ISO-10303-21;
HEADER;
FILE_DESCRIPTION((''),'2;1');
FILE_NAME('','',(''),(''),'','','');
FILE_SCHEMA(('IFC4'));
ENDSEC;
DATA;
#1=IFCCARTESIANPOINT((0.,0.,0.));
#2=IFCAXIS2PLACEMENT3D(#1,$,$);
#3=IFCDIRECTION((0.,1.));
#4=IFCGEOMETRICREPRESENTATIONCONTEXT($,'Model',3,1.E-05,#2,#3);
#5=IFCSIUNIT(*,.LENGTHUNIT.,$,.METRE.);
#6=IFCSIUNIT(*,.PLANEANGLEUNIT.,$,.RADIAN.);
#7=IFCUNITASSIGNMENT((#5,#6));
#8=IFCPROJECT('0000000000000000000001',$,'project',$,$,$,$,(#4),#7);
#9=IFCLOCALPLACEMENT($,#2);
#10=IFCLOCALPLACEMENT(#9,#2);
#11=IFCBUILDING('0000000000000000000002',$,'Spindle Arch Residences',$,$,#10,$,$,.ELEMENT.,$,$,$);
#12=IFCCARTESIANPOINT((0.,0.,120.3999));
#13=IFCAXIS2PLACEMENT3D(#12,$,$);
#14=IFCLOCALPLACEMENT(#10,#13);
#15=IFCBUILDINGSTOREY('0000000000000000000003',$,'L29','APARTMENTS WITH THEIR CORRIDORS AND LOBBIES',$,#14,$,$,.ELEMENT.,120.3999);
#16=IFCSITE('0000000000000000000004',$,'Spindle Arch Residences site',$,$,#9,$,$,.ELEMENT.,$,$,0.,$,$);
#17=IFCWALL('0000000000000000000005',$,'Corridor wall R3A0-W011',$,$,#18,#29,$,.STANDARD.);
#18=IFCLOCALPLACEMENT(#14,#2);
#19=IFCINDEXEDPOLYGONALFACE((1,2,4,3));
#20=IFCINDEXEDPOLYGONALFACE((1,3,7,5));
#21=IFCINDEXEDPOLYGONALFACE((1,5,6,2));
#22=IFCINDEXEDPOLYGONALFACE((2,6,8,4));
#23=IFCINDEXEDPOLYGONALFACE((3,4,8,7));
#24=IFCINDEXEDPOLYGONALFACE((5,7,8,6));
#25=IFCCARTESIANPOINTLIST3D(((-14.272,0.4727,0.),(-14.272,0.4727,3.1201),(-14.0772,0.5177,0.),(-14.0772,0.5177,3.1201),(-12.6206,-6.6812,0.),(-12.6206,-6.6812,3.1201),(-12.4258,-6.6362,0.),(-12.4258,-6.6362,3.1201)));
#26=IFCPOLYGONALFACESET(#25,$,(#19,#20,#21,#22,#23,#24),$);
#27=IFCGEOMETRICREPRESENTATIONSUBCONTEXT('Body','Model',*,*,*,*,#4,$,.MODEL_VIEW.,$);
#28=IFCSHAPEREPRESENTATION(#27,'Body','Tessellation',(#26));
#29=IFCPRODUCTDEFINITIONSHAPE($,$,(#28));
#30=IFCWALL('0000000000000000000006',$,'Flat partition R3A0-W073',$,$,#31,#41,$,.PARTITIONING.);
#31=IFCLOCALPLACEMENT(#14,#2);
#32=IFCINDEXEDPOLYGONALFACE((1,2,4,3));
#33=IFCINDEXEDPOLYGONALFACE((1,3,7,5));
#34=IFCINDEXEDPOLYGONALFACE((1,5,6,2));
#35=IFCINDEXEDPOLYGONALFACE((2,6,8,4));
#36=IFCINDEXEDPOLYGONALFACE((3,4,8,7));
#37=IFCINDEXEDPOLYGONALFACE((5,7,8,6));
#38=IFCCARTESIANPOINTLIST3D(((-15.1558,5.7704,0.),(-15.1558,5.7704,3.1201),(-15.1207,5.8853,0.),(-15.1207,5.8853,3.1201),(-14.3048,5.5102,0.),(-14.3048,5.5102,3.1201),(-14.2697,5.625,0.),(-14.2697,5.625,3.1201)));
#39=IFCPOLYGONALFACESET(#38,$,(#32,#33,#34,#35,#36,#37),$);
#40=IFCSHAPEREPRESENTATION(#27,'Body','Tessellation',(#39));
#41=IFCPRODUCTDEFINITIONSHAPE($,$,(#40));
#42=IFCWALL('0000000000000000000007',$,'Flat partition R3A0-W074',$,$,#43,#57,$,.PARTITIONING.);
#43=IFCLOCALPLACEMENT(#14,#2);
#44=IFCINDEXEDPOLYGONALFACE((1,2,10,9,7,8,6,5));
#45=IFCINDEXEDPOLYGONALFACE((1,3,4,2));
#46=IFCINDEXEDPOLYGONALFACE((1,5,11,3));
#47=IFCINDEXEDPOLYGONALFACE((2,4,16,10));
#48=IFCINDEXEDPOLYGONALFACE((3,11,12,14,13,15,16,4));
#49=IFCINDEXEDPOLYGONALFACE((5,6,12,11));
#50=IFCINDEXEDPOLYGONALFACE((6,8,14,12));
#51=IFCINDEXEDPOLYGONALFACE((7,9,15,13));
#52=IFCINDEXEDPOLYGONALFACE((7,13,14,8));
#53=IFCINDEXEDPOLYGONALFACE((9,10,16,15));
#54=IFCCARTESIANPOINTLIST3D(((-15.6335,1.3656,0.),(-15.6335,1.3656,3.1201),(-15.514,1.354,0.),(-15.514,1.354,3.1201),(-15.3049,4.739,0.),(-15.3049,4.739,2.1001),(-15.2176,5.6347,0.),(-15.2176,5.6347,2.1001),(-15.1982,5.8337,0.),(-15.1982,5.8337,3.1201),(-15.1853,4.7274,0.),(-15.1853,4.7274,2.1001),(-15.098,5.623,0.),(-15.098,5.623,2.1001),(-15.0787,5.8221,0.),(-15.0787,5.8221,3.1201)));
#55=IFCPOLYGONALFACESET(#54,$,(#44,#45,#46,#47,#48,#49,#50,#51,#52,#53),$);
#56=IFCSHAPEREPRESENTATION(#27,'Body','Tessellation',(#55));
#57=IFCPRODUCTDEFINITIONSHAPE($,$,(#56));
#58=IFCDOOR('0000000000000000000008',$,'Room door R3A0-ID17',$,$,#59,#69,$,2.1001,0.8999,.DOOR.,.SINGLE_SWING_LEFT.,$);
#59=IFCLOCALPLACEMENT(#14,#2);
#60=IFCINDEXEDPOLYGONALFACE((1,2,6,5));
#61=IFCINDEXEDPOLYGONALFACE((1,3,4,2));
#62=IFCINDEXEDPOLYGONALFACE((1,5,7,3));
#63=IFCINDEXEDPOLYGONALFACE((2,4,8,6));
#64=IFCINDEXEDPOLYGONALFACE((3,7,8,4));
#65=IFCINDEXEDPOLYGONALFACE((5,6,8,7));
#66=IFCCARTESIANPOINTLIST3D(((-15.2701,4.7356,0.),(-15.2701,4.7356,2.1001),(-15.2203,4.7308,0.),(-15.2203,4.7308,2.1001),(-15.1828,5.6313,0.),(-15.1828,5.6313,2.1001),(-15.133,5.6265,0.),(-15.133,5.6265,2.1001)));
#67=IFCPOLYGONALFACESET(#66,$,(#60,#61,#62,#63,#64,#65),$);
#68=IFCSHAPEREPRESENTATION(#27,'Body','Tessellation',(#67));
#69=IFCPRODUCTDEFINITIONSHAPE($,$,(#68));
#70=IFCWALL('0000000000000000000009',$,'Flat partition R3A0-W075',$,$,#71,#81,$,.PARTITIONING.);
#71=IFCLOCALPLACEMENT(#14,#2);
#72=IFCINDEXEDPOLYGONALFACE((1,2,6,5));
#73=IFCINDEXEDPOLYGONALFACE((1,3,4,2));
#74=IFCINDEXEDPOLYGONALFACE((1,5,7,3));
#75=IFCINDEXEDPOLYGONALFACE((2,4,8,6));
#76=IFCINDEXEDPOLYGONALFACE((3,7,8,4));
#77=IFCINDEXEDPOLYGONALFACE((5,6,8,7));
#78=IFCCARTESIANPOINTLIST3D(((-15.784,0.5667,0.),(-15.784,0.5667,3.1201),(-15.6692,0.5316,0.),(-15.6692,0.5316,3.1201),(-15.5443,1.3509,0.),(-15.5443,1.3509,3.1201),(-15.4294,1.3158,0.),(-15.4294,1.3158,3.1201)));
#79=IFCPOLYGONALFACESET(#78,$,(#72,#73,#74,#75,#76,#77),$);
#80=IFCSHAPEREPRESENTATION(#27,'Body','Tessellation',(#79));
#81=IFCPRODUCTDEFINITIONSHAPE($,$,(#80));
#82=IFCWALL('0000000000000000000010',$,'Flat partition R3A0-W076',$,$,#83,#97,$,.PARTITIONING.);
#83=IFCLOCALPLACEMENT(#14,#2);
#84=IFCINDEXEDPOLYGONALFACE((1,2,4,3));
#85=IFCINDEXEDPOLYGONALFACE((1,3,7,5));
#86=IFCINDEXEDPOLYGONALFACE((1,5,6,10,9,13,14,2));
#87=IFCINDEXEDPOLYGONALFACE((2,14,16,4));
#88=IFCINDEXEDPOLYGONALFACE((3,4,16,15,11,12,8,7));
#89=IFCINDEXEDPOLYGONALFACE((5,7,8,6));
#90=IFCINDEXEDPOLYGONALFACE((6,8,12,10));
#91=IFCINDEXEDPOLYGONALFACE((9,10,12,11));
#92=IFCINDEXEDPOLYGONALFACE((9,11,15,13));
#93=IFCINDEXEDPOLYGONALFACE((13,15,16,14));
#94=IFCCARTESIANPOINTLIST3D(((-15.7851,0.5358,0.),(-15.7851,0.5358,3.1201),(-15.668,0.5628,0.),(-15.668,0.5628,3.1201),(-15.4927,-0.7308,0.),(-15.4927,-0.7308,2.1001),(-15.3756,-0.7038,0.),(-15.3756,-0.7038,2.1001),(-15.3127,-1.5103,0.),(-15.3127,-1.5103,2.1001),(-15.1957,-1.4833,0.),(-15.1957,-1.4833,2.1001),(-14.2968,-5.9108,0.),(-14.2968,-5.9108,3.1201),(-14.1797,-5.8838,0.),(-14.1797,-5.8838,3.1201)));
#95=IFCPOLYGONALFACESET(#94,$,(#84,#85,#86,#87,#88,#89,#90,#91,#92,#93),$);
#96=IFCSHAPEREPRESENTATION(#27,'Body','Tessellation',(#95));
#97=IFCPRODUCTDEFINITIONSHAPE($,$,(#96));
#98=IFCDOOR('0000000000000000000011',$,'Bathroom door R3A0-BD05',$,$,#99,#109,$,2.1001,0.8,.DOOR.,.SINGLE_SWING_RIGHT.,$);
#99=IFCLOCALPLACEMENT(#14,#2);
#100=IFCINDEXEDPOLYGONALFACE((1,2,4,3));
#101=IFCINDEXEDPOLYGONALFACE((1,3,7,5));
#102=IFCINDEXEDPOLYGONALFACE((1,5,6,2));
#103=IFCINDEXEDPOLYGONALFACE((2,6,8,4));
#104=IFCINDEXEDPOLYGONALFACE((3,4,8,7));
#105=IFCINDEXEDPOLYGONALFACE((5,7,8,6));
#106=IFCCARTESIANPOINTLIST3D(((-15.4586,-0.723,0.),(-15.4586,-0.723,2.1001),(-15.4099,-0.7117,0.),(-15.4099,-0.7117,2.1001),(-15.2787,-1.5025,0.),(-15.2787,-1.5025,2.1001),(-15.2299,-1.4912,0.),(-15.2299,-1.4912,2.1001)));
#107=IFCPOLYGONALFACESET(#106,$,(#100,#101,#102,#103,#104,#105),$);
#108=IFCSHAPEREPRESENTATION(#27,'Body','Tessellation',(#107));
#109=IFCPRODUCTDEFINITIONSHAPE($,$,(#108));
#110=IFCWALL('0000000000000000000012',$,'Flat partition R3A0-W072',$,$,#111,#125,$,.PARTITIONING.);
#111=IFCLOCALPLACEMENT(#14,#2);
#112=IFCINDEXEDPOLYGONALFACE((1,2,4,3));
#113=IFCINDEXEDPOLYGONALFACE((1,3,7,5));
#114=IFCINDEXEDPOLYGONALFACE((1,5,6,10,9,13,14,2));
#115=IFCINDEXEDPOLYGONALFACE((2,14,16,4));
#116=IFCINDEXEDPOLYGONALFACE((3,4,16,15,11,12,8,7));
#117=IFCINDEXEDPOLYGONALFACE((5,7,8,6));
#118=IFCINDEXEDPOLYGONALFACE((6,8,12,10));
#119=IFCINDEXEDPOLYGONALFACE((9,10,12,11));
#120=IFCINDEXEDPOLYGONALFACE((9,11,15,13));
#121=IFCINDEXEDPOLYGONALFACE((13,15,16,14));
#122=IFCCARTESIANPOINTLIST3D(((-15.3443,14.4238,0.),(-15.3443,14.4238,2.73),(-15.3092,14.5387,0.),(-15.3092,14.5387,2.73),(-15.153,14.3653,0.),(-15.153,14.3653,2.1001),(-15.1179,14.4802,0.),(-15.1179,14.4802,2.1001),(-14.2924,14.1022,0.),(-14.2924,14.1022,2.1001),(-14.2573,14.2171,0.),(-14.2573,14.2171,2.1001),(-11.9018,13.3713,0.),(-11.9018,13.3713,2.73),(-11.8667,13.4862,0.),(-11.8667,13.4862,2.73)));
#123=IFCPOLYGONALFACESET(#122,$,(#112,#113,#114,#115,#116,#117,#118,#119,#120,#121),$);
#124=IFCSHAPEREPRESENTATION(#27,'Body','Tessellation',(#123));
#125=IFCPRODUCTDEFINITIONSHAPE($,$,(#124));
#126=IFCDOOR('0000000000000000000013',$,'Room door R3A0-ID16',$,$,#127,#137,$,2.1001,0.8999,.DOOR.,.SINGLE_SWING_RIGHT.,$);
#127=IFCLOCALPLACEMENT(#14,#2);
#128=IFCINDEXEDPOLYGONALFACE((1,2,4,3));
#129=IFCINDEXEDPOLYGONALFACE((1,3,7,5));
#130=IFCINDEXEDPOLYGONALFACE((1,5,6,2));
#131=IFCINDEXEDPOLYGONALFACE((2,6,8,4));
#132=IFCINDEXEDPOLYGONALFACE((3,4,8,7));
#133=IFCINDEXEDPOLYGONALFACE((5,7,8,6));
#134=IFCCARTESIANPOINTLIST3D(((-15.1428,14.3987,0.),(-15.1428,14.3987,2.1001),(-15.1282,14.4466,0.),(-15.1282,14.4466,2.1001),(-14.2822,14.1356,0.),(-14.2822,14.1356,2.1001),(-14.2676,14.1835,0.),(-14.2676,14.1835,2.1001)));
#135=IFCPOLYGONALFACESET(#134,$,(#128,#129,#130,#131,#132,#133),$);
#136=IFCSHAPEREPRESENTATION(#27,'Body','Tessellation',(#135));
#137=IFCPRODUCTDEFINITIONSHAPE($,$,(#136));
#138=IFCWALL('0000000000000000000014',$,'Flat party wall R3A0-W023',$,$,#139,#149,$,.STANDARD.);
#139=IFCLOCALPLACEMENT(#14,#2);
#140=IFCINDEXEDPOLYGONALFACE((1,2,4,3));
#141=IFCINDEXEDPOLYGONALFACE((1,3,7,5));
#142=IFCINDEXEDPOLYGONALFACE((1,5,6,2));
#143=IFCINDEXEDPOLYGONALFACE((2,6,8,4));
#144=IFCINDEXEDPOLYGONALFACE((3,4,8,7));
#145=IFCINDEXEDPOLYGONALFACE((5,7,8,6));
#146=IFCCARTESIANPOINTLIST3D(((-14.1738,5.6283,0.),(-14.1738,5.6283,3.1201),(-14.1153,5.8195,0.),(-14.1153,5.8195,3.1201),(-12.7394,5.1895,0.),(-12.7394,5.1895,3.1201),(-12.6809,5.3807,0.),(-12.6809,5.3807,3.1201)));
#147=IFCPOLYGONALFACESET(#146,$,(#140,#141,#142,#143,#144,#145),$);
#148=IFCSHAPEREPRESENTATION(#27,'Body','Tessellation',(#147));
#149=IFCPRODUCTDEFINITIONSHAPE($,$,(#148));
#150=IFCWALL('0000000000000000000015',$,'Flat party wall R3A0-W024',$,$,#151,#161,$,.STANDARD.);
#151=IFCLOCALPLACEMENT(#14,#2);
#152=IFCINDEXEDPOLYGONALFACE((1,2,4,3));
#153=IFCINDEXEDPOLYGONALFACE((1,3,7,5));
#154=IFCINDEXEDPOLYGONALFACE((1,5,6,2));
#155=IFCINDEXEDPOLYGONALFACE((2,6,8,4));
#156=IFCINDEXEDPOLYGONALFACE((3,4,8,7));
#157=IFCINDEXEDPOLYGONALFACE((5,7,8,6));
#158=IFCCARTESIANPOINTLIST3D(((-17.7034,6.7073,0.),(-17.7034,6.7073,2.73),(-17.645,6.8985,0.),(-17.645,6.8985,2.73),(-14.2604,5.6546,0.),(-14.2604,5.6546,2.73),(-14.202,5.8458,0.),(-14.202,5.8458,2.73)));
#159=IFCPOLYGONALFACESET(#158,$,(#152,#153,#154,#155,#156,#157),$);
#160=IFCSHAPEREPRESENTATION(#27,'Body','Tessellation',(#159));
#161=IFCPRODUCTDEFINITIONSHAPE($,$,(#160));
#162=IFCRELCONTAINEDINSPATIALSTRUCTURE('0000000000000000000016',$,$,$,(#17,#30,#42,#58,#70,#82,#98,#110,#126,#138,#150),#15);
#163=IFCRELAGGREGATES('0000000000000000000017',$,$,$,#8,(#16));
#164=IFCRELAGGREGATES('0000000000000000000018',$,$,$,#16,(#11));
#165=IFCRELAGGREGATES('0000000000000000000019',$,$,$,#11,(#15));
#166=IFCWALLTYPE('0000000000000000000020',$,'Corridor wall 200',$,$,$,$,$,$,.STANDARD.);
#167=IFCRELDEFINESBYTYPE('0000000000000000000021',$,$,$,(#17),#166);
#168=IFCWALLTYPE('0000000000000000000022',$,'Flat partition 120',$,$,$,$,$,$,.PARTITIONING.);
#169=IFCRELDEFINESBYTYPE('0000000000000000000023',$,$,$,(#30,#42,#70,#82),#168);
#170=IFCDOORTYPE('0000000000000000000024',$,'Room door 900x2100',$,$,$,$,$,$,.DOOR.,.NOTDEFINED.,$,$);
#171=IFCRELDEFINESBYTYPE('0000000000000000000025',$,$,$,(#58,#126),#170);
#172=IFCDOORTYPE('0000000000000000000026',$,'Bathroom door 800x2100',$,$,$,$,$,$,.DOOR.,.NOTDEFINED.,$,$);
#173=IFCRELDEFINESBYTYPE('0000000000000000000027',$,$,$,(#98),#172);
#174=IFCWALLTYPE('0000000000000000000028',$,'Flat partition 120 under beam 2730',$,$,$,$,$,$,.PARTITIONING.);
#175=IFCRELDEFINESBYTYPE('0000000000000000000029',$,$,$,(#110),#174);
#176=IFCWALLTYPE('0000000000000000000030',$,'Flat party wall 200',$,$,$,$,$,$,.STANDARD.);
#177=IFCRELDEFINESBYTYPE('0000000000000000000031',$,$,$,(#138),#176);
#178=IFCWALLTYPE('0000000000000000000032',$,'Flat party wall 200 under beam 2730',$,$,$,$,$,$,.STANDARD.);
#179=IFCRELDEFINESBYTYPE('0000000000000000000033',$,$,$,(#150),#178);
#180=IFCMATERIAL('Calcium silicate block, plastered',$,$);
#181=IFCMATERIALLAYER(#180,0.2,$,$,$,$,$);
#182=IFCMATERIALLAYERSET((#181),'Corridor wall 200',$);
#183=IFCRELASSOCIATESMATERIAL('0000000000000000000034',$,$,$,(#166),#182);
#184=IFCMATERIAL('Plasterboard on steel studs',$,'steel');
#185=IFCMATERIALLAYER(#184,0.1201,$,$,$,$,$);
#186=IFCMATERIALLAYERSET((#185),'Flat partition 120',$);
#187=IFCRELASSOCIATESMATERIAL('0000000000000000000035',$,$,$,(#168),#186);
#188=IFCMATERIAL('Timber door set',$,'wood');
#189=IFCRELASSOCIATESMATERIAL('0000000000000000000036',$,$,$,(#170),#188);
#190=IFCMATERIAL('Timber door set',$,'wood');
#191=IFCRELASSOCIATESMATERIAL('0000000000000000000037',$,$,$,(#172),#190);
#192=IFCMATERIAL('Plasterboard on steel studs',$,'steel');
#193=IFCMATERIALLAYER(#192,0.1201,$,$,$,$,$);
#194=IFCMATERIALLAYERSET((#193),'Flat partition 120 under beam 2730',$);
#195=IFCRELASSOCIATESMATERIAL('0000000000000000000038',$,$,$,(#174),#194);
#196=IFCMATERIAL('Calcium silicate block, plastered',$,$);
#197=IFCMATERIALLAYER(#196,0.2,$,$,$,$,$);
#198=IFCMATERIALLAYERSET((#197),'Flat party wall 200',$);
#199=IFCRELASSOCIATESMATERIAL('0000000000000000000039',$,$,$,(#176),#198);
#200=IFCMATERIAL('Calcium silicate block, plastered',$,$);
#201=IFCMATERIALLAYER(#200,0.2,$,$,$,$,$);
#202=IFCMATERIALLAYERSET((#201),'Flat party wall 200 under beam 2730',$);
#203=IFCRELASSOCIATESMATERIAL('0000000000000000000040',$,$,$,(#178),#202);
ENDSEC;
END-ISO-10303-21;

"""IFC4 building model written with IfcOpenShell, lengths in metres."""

from ifc_helpers import new_model, si_unit, direction, frame, frame_2d, origin, place, context, subcontext, project, spatial, rectangle, extrude, material, layer, layer_set, type_object, element, fill, save


model = new_model("IFC4")

# Units and contexts
model_context = context("Model", 3, precision=1e-05, world=origin(), true_north=direction((0.0, 1.0)))
body_context = subcontext(model_context, "Body", "Model", "MODEL_VIEW")
ifc_project = project(units=[si_unit("LENGTHUNIT", "METRE"), si_unit("PLANEANGLEUNIT", "RADIAN")], contexts=[model_context])

# Site, building, storey
site_placement = place(None, origin())
site = spatial("IfcSite", under=ifc_project, at=site_placement, Name="Spindle Arch Residences site", CompositionType="ELEMENT", RefElevation=0.0)
building_placement = place(site_placement, origin())
building = spatial("IfcBuilding", under=site, at=building_placement, Name="Spindle Arch Residences", CompositionType="ELEMENT")
storey_placement = place(building_placement, frame((0.0, 0.0, 120.3999)))
storey = spatial("IfcBuildingStorey", under=building, at=storey_placement, Name="L29", Description="APARTMENTS WITH THEIR CORRIDORS AND LOBBIES", CompositionType="ELEMENT", Elevation=120.3999)

# Walls
ifc_material_1 = material(Name="Calcium silicate block, plastered")
ifc_layer_1 = layer(ifc_material_1, 0.2)
ifc_layer_set_1 = layer_set([ifc_layer_1], Name="Corridor wall 200")
wall_type_1 = type_object("IfcWallType", Name="Corridor wall 200", PredefinedType="STANDARD", material=ifc_layer_set_1)
wall_1_placement = place(storey_placement, frame((-14.1746, 0.4951, 0.0), z_axis=(0.0, 0.0, 1.0), x_axis=(0.224923, -0.974377, 0.0)))
element("IfcWall", 1, at=wall_1_placement, inside=storey, type_object=wall_type_1, Name="Corridor wall R3A0-W011", PredefinedType="STANDARD", context=body_context, shape_type="SweptSolid", body=[
    extrude(rectangle(XDim=7.342, YDim=0.2, at=frame_2d((3.6709, 0.0))), origin(), (0.0, 0.0, 1.0), 3.1201),
])
ifc_material_2 = material(Name="Plasterboard on steel studs", Category="steel")
ifc_layer_2 = layer(ifc_material_2, 0.1201)
ifc_layer_set_2 = layer_set([ifc_layer_2], Name="Flat partition 120")
wall_type_2 = type_object("IfcWallType", Name="Flat partition 120", PredefinedType="PARTITIONING", material=ifc_layer_set_2)
wall_2_placement = place(storey_placement, frame((-14.2874, 5.5676, 0.0), z_axis=(0.0, 0.0, 1.0), x_axis=(-0.956288, 0.292428, 0.0)))
element("IfcWall", 2, at=wall_2_placement, inside=storey, type_object=wall_type_2, Name="Flat partition R3A0-W073", PredefinedType="PARTITIONING", context=body_context, shape_type="SweptSolid", body=[
    extrude(rectangle(XDim=0.8899, YDim=0.1201, at=frame_2d((0.4448, 0.0))), origin(), (0.0, 0.0, 1.0), 3.1201),
])

# Wall, opening, door
wall_3_placement = place(storey_placement, frame((-15.1384, 5.8279, 0.0), z_axis=(0.0, 0.0, 1.0), x_axis=(-0.096967, -0.995288, 0.0)))
wall_3 = element("IfcWall", 3, at=wall_3_placement, inside=storey, type_object=wall_type_2, Name="Flat partition R3A0-W074", PredefinedType="PARTITIONING", context=body_context, shape_type="SweptSolid", body=[
    extrude(rectangle(XDim=4.4893, YDim=0.1201, at=frame_2d((2.2446, 0.0))), origin(), (0.0, 0.0, 1.0), 3.1201),
])
opening_1_placement = place(wall_3_placement, frame((0.2, 0.0, 0.0)))
opening_1 = element("IfcOpeningElement", 4, at=opening_1_placement, cuts=wall_3, PredefinedType="OPENING", context=body_context, shape_type="SweptSolid", body=[
    extrude(rectangle(XDim=0.8999, YDim=2.1001, at=frame_2d((0.45, 1.05))), frame((0.0, 0.0701, 0.0), z_axis=(0.0, -1.0, 0.0), x_axis=(1.0, 0.0, 0.0)), (0.0, 0.0, 1.0), 0.1401),
])
ifc_material_3 = material(Name="Timber door set", Category="wood")
door_type_1 = type_object("IfcDoorType", Name="Room door 900x2100", OperationType="NOTDEFINED", PredefinedType="DOOR", material=ifc_material_3)
door_1_placement = place(opening_1_placement, origin())
door_1 = element("IfcDoor", 5, at=door_1_placement, inside=storey, type_object=door_type_1, Name="Room door R3A0-ID17", OperationType="SINGLE_SWING_LEFT", OverallHeight=2.1001, OverallWidth=0.8999, PredefinedType="DOOR", context=body_context, shape_type="SweptSolid", body=[
    extrude(rectangle(XDim=0.8999, YDim=2.1001, at=frame_2d((0.45, 1.05))), frame((0.0, 0.0249, 0.0), z_axis=(0.0, -1.0, 0.0), x_axis=(1.0, 0.0, 0.0)), (0.0, 0.0, 1.0), 0.05),
])
fill(opening_1, door_1)

# Wall
wall_4_placement = place(storey_placement, frame((-15.4868, 1.3335, 0.0), z_axis=(0.0, 0.0, 1.0), x_axis=(-0.29237, -0.956305, 0.0)))
element("IfcWall", 6, at=wall_4_placement, inside=storey, type_object=wall_type_2, Name="Flat partition R3A0-W075", PredefinedType="PARTITIONING", context=body_context, shape_type="SweptSolid", body=[
    extrude(rectangle(XDim=0.8201, YDim=0.1201, at=frame_2d((0.4102, 0.0))), origin(), (0.0, 0.0, 1.0), 3.1201),
])

# Walls, openings, doors
wall_5_placement = place(storey_placement, frame((-15.7266, 0.5493, 0.0), z_axis=(0.0, 0.0, 1.0), x_axis=(0.224948, -0.974371, 0.0)))
wall_5 = element("IfcWall", 7, at=wall_5_placement, inside=storey, type_object=wall_type_2, Name="Flat partition R3A0-W076", PredefinedType="PARTITIONING", context=body_context, shape_type="SweptSolid", body=[
    extrude(rectangle(XDim=6.6162, YDim=0.1201, at=frame_2d((3.3081, 0.0))), origin(), (0.0, 0.0, 1.0), 3.1201),
])
opening_2_placement = place(wall_5_placement, frame((1.3, 0.0, 0.0)))
opening_2 = element("IfcOpeningElement", 8, at=opening_2_placement, cuts=wall_5, PredefinedType="OPENING", context=body_context, shape_type="SweptSolid", body=[
    extrude(rectangle(XDim=0.8, YDim=2.1001, at=frame_2d((0.3999, 1.05))), frame((0.0, 0.0701, 0.0), z_axis=(0.0, -1.0, 0.0), x_axis=(1.0, 0.0, 0.0)), (0.0, 0.0, 1.0), 0.1401),
])
ifc_material_4 = material(Name="Timber door set", Category="wood")
door_type_2 = type_object("IfcDoorType", Name="Bathroom door 800x2100", OperationType="NOTDEFINED", PredefinedType="DOOR", material=ifc_material_4)
door_2_placement = place(opening_2_placement, origin())
door_2 = element("IfcDoor", 9, at=door_2_placement, inside=storey, type_object=door_type_2, Name="Bathroom door R3A0-BD05", OperationType="SINGLE_SWING_RIGHT", OverallHeight=2.1001, OverallWidth=0.8, PredefinedType="DOOR", context=body_context, shape_type="SweptSolid", body=[
    extrude(rectangle(XDim=0.8, YDim=2.1001, at=frame_2d((0.3999, 1.05))), frame((0.0, 0.0249, 0.0), z_axis=(0.0, -1.0, 0.0), x_axis=(1.0, 0.0, 0.0)), (0.0, 0.0, 1.0), 0.05),
])
fill(opening_2, door_2)
ifc_material_5 = material(Name="Plasterboard on steel studs", Category="steel")
ifc_layer_3 = layer(ifc_material_5, 0.1201)
ifc_layer_set_3 = layer_set([ifc_layer_3], Name="Flat partition 120 under beam 2730")
wall_type_3 = type_object("IfcWallType", Name="Flat partition 120 under beam 2730", PredefinedType="PARTITIONING", material=ifc_layer_set_3)
wall_6_placement = place(storey_placement, frame((-15.3267, 14.4812, 0.0), z_axis=(0.0, 0.0, 1.0), x_axis=(0.956307, -0.292365, 0.0)))
wall_6 = element("IfcWall", 10, at=wall_6_placement, inside=storey, type_object=wall_type_3, Name="Flat partition R3A0-W072", PredefinedType="PARTITIONING", context=body_context, shape_type="SweptSolid", body=[
    extrude(rectangle(XDim=3.5999, YDim=0.1201, at=frame_2d((1.7998, 0.0))), origin(), (0.0, 0.0, 1.0), 2.73),
])
opening_3_placement = place(wall_6_placement, frame((0.2, 0.0, 0.0)))
opening_3 = element("IfcOpeningElement", 11, at=opening_3_placement, cuts=wall_6, PredefinedType="OPENING", context=body_context, shape_type="SweptSolid", body=[
    extrude(rectangle(XDim=0.8999, YDim=2.1001, at=frame_2d((0.45, 1.05))), frame((0.0, 0.0701, 0.0), z_axis=(0.0, -1.0, 0.0), x_axis=(1.0, 0.0, 0.0)), (0.0, 0.0, 1.0), 0.1401),
])
door_3_placement = place(opening_3_placement, origin())
door_3 = element("IfcDoor", 12, at=door_3_placement, inside=storey, type_object=door_type_1, Name="Room door R3A0-ID16", OperationType="SINGLE_SWING_RIGHT", OverallHeight=2.1001, OverallWidth=0.8999, PredefinedType="DOOR", context=body_context, shape_type="SweptSolid", body=[
    extrude(rectangle(XDim=0.8999, YDim=2.1001, at=frame_2d((0.45, 1.05))), frame((0.0, 0.0249, 0.0), z_axis=(0.0, -1.0, 0.0), x_axis=(1.0, 0.0, 0.0)), (0.0, 0.0, 1.0), 0.05),
])
fill(opening_3, door_3)

# Walls
ifc_material_6 = material(Name="Calcium silicate block, plastered")
ifc_layer_4 = layer(ifc_material_6, 0.2)
ifc_layer_set_4 = layer_set([ifc_layer_4], Name="Flat party wall 200")
wall_type_4 = type_object("IfcWallType", Name="Flat party wall 200", PredefinedType="STANDARD", material=ifc_layer_set_4)
wall_7_placement = place(storey_placement, frame((-14.1445, 5.7239, 0.0), z_axis=(0.0, 0.0, 1.0), x_axis=(0.956267, -0.292496, 0.0)))
element("IfcWall", 13, at=wall_7_placement, inside=storey, type_object=wall_type_4, Name="Flat party wall R3A0-W023", PredefinedType="STANDARD", context=body_context, shape_type="SweptSolid", body=[
    extrude(rectangle(XDim=1.5, YDim=0.2, at=frame_2d((0.75, 0.0))), origin(), (0.0, 0.0, 1.0), 3.1201),
])
ifc_material_7 = material(Name="Calcium silicate block, plastered")
ifc_layer_5 = layer(ifc_material_7, 0.2)
ifc_layer_set_5 = layer_set([ifc_layer_5], Name="Flat party wall 200 under beam 2730")
wall_type_5 = type_object("IfcWallType", Name="Flat party wall 200 under beam 2730", PredefinedType="STANDARD", material=ifc_layer_set_5)
wall_8_placement = place(storey_placement, frame((-17.6743, 6.803, 0.0), z_axis=(0.0, 0.0, 1.0), x_axis=(0.956294, -0.292408, 0.0)))
element("IfcWall", 14, at=wall_8_placement, inside=storey, type_object=wall_type_5, Name="Flat party wall R3A0-W024", PredefinedType="STANDARD", context=body_context, shape_type="SweptSolid", body=[
    extrude(rectangle(XDim=3.6003, YDim=0.2, at=frame_2d((1.8003, 0.0))), origin(), (0.0, 0.0, 1.0), 2.73),
])

save(model, "model.ifc")
